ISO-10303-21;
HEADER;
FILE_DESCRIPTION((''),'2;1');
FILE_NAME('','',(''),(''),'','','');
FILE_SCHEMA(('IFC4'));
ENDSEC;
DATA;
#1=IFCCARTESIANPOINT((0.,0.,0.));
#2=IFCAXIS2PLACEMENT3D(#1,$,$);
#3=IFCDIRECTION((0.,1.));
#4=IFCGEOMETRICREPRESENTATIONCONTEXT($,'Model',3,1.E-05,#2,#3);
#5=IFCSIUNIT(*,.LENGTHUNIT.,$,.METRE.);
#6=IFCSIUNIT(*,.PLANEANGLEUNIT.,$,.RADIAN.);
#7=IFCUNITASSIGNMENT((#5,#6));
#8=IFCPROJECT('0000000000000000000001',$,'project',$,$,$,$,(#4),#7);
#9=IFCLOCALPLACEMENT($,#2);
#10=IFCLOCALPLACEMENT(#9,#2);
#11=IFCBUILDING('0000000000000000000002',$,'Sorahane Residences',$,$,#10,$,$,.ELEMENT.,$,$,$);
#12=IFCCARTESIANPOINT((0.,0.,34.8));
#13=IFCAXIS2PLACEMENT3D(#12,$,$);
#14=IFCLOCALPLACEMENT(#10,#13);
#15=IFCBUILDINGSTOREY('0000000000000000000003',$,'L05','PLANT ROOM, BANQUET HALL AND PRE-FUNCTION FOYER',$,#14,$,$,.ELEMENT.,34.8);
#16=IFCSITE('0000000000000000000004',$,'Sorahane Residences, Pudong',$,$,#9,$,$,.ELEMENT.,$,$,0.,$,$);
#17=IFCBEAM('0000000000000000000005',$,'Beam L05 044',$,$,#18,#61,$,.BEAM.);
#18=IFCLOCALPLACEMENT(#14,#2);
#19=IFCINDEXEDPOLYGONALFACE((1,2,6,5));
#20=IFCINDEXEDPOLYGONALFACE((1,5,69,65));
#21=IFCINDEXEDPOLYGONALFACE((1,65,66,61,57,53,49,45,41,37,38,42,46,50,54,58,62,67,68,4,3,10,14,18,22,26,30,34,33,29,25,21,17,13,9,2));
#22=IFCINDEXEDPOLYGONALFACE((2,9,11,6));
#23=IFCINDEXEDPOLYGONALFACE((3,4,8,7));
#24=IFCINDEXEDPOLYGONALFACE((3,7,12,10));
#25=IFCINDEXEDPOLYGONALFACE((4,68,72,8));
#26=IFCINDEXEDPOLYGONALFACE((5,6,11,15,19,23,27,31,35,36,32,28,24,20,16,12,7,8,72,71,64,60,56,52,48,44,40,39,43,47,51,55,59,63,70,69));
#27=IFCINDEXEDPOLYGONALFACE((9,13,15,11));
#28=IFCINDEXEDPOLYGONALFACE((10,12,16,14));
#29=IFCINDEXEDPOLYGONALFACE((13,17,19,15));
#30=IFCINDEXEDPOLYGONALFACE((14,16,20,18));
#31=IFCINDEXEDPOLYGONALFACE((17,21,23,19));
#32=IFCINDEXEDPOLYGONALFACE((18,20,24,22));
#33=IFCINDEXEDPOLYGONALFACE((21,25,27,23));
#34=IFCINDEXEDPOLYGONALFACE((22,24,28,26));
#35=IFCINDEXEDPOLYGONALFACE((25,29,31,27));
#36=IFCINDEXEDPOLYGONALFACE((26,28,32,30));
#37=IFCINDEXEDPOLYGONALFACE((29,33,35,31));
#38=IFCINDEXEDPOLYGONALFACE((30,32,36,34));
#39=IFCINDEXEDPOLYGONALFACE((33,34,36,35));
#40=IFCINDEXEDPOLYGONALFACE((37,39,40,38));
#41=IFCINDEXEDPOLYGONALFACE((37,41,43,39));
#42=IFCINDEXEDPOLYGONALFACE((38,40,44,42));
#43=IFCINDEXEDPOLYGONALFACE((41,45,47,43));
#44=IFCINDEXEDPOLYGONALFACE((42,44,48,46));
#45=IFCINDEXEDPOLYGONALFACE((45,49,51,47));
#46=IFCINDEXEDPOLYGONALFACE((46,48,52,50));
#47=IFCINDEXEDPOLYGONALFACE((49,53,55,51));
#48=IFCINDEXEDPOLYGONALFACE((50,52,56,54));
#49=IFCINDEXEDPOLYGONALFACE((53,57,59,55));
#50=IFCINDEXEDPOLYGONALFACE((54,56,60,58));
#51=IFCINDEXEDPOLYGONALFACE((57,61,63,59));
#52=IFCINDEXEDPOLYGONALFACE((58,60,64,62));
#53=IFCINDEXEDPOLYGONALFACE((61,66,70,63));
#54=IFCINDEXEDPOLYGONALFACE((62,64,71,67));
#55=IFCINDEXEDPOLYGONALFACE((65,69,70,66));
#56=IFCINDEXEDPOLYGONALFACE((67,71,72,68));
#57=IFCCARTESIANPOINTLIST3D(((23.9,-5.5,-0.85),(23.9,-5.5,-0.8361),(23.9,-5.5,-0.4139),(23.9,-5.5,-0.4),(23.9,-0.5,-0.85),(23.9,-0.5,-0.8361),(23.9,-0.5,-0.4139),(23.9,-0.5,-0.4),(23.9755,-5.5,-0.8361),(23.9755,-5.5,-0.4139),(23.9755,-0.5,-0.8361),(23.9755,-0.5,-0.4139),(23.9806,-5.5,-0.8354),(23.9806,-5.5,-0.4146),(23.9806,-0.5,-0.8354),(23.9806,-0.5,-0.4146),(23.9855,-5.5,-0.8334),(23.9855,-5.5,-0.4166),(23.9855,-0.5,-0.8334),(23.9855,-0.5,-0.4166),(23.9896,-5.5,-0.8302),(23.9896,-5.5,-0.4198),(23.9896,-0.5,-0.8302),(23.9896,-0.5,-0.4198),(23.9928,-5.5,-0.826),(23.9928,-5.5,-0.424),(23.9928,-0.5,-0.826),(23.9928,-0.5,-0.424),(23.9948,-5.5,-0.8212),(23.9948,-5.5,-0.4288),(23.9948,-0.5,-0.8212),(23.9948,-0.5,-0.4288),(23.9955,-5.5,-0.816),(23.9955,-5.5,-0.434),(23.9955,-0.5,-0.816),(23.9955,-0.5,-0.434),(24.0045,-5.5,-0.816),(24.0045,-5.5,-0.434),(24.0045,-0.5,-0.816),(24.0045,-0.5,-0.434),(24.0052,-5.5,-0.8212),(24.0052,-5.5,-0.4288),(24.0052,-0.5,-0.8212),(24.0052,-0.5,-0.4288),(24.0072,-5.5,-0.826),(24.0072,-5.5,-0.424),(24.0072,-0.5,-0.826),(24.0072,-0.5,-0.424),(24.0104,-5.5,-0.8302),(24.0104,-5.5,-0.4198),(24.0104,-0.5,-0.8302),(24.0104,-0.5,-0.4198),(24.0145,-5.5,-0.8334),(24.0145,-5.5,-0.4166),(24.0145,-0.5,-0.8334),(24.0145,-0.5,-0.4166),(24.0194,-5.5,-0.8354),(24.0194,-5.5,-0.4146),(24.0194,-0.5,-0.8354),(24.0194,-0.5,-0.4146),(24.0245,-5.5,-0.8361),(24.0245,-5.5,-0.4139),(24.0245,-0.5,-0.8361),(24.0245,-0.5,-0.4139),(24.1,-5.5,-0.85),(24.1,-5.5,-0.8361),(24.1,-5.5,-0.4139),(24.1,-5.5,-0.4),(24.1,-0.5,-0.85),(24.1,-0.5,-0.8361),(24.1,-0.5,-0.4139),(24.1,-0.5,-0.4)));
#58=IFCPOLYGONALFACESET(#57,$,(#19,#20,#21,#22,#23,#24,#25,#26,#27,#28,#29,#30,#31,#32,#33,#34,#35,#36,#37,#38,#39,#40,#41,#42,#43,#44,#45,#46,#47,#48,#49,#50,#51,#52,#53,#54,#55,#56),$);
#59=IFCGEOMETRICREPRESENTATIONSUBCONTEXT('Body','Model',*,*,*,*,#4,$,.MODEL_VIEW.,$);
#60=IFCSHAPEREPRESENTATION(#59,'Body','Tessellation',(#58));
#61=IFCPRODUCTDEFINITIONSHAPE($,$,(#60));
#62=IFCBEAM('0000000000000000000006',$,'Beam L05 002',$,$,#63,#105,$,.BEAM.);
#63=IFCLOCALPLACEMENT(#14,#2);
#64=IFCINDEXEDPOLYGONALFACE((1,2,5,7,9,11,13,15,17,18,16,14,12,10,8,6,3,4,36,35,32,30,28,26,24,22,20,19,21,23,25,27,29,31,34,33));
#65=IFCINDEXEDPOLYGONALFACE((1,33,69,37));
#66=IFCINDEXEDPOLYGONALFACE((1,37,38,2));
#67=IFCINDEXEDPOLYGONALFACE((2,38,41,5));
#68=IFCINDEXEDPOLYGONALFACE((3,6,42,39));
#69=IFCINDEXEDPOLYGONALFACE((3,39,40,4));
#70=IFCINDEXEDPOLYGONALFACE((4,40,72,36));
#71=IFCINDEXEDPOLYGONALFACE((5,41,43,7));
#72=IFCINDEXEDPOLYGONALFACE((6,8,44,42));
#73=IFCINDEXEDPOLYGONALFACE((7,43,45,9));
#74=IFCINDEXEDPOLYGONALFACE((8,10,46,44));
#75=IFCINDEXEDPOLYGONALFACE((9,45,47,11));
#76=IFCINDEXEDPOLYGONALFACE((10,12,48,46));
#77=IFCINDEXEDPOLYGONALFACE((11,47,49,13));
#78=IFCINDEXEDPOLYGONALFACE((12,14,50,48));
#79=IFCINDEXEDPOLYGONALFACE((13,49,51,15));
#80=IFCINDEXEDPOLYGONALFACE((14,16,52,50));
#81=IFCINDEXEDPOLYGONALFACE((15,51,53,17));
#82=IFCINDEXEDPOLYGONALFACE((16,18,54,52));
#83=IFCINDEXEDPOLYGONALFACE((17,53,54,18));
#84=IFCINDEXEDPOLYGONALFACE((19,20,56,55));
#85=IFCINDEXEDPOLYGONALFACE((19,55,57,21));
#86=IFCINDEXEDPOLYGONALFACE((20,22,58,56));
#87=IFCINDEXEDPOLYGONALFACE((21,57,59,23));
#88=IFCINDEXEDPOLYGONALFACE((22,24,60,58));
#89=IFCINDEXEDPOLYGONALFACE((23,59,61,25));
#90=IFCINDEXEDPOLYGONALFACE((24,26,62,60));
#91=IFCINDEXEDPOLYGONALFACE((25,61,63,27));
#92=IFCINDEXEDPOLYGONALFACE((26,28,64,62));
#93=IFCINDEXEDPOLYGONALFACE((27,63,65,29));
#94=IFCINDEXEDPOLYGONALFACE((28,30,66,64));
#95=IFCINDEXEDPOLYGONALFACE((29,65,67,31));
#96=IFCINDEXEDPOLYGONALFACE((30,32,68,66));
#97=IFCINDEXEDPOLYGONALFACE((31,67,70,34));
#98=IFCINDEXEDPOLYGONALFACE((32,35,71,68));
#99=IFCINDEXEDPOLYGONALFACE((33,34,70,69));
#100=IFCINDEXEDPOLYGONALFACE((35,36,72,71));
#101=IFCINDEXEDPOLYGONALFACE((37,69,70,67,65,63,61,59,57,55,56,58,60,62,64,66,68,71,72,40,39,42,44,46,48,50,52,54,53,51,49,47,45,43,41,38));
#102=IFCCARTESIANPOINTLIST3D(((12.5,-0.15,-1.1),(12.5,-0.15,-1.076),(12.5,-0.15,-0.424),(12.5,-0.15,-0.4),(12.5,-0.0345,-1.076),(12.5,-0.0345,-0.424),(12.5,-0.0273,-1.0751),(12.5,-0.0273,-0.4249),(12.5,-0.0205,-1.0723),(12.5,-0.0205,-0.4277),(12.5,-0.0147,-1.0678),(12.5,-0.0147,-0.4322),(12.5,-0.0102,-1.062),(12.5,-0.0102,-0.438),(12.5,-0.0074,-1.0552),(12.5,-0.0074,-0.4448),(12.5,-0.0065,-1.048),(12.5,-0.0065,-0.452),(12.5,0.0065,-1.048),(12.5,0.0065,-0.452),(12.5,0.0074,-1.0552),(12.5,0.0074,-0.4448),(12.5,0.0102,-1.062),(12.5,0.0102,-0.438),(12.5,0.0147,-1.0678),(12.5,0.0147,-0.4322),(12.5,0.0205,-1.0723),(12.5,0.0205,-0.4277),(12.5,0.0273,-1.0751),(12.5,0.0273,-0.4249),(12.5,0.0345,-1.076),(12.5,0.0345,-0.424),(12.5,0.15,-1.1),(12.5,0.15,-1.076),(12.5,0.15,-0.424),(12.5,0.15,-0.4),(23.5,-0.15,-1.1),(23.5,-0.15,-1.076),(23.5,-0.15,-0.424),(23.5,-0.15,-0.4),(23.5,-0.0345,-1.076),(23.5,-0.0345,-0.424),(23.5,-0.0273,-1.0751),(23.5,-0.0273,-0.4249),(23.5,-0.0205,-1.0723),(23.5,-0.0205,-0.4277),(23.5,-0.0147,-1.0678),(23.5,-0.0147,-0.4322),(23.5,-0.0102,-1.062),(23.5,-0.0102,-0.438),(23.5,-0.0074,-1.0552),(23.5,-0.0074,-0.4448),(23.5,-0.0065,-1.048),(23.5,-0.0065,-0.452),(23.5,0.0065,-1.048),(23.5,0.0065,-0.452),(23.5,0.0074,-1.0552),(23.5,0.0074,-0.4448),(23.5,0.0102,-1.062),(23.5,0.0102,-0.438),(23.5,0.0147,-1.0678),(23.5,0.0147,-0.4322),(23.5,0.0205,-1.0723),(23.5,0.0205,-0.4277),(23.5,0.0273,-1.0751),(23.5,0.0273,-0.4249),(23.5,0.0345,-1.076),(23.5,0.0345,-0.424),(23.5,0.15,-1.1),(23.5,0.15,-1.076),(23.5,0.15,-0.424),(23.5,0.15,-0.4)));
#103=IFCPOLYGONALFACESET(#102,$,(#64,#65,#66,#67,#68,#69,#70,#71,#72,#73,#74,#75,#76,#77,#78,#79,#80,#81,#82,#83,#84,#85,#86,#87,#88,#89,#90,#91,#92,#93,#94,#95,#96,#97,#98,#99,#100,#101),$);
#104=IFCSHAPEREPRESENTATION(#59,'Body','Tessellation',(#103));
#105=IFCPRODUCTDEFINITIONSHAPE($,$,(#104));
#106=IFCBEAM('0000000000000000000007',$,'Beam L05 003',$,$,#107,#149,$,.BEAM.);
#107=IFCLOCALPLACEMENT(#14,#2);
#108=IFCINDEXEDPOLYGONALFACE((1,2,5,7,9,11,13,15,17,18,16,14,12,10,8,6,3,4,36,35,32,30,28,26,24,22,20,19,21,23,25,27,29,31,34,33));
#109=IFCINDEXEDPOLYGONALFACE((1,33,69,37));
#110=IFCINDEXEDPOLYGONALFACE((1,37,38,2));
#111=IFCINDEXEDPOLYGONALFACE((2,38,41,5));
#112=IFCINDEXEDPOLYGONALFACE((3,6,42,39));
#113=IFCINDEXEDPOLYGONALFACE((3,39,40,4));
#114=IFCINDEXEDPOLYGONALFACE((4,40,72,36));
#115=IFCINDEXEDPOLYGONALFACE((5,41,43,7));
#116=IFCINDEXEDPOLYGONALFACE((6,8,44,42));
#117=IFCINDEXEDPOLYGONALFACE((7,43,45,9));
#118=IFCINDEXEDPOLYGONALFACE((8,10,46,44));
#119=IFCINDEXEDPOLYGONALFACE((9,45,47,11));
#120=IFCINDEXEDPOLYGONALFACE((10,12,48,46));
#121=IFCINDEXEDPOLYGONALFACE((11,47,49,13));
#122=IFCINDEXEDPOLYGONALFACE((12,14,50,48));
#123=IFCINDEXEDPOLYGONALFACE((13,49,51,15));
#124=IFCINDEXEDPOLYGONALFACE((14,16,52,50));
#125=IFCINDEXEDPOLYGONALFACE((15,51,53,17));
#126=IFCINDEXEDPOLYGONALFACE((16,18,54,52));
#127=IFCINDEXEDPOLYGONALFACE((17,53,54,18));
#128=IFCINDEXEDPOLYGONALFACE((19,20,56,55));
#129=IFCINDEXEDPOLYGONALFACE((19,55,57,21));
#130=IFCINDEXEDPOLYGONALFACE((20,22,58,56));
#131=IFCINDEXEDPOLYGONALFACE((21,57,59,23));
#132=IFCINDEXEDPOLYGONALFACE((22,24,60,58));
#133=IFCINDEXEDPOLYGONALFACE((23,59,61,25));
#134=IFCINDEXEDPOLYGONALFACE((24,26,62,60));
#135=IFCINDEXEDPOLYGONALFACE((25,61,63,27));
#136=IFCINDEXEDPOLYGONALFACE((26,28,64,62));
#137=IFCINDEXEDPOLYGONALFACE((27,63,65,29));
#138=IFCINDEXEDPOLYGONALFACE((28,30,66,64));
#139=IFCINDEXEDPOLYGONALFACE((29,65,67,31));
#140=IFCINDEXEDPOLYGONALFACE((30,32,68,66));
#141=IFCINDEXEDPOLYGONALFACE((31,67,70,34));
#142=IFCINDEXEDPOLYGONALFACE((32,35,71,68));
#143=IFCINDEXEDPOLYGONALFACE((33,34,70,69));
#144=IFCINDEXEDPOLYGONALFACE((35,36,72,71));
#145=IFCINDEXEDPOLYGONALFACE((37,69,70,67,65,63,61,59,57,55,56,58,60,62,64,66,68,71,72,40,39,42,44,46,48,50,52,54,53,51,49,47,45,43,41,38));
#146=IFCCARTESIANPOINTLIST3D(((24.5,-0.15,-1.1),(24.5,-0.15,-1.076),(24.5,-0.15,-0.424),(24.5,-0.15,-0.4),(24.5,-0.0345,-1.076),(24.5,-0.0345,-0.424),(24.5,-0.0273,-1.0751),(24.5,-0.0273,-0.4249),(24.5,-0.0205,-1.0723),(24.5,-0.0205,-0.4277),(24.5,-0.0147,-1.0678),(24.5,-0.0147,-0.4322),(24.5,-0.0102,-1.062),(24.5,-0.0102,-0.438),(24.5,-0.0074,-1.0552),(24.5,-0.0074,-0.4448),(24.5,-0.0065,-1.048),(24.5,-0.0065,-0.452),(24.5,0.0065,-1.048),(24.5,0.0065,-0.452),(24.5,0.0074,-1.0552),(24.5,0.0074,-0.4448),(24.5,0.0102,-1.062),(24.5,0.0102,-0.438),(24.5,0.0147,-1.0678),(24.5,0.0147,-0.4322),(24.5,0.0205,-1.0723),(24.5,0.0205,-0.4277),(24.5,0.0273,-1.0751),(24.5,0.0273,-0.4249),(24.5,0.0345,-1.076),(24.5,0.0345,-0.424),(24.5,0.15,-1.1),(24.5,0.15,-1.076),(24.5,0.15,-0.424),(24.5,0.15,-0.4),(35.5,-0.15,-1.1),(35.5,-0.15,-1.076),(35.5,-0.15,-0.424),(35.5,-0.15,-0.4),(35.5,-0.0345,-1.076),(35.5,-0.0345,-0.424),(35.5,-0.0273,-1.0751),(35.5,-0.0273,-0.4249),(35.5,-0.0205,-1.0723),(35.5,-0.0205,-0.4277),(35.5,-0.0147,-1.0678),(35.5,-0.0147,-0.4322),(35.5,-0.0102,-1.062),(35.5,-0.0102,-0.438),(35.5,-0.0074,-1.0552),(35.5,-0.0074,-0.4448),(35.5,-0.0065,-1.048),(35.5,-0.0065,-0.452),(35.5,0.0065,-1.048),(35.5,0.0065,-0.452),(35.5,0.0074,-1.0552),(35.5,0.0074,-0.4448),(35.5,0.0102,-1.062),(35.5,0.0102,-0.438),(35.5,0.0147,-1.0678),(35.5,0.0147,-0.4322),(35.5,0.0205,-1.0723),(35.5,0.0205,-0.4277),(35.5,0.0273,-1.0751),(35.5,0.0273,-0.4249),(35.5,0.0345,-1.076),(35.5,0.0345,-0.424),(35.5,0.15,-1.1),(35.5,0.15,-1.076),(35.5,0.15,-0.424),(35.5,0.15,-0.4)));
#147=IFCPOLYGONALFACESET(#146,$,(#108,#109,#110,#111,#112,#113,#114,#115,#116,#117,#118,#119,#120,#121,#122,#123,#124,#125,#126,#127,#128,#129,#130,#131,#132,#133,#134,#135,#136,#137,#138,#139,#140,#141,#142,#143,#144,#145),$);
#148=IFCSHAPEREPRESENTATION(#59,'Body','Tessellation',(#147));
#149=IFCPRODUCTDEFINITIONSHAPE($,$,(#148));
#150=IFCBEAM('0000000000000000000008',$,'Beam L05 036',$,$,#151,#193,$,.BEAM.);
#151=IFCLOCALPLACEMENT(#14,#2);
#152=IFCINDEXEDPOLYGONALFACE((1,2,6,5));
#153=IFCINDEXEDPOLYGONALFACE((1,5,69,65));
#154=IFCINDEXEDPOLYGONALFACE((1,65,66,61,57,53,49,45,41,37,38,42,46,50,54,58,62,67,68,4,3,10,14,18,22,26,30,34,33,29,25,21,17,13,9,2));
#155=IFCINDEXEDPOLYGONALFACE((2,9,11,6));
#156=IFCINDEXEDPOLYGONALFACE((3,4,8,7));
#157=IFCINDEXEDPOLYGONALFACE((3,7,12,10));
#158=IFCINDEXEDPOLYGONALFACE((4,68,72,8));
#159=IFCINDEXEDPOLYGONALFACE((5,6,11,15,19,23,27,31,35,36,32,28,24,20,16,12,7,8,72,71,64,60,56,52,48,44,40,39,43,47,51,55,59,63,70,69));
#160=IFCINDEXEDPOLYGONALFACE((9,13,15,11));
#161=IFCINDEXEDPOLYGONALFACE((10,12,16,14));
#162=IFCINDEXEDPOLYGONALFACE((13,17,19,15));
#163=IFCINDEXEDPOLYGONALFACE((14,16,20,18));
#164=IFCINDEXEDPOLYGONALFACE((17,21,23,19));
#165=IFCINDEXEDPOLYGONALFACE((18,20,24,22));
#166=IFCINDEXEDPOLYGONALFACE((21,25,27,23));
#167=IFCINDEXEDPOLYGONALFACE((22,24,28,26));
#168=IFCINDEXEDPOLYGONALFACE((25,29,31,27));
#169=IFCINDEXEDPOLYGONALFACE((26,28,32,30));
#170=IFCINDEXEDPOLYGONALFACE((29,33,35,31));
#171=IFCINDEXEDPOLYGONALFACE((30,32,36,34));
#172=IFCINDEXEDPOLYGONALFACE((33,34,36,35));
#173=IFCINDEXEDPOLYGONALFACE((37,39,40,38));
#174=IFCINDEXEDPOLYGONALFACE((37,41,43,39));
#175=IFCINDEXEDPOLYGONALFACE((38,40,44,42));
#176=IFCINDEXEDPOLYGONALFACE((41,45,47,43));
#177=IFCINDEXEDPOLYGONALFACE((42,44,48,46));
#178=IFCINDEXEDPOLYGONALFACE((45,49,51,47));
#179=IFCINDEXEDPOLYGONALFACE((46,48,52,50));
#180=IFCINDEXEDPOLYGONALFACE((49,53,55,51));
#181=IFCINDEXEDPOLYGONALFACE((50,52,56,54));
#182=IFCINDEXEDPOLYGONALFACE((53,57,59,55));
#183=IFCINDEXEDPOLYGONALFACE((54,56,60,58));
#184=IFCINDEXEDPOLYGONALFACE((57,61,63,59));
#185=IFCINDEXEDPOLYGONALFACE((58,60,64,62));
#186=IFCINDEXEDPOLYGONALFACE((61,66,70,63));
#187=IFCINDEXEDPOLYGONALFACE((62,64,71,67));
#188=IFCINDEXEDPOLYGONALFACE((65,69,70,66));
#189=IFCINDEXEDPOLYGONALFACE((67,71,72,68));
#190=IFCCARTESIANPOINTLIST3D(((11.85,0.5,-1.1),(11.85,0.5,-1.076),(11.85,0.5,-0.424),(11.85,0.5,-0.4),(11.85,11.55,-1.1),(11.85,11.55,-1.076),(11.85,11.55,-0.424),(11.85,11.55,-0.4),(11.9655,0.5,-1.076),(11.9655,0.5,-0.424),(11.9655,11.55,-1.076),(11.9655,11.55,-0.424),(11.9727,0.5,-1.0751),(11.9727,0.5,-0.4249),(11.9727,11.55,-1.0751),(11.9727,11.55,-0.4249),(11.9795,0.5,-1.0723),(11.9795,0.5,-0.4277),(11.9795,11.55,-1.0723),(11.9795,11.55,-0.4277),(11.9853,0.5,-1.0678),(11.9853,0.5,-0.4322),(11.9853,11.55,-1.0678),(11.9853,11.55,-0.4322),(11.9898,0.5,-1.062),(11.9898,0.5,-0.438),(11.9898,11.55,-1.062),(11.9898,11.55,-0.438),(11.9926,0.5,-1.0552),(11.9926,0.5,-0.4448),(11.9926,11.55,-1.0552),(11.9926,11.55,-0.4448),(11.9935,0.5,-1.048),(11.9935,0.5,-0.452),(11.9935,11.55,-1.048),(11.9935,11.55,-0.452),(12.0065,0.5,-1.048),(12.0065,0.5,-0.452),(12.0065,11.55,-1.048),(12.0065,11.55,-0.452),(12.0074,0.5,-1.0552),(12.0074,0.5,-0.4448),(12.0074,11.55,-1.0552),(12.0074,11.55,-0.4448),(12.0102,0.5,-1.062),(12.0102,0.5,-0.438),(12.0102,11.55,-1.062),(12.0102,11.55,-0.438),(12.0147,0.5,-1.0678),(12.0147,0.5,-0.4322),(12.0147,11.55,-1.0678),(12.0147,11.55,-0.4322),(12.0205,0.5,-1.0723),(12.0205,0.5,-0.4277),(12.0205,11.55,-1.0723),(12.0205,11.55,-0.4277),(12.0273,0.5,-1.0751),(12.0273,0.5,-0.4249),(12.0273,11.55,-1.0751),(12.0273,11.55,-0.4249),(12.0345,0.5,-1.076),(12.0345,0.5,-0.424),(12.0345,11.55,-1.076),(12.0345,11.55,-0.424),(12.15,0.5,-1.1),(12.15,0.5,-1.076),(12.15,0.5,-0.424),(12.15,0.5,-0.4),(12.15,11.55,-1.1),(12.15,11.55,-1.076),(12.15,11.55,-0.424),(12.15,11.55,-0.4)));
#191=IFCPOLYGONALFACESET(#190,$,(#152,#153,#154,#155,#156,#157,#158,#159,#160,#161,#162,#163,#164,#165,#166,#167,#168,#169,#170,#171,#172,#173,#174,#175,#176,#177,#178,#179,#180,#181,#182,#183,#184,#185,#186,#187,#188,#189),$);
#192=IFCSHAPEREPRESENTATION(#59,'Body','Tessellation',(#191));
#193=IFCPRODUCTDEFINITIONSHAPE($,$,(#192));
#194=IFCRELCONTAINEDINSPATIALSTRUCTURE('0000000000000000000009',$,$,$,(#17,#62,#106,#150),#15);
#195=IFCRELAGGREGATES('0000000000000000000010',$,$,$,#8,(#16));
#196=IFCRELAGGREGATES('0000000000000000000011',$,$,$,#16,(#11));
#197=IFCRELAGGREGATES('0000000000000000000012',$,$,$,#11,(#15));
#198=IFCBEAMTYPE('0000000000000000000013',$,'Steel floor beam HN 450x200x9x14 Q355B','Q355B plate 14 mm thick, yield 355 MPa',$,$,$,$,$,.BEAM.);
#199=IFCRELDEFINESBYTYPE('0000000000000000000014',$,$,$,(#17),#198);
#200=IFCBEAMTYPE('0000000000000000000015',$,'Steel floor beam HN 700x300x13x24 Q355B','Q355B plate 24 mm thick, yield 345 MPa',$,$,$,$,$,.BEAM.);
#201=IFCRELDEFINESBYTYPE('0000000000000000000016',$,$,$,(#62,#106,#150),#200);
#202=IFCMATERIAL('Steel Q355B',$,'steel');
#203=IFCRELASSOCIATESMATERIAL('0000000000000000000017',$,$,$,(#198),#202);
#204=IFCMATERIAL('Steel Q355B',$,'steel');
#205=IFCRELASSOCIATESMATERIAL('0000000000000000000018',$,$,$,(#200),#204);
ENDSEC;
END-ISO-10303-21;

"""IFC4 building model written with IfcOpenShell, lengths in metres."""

from ifc_helpers import new_model, si_unit, direction, frame, origin, origin_2d, place, context, subcontext, project, spatial, i_section, extrude, material, material_profile, profile_set, type_object, element, save


model = new_model("IFC4")

# Units and contexts
model_context = context("Model", 3, precision=1e-05, world=origin(), true_north=direction((0.0, 1.0)))
body_context = subcontext(model_context, "Body", "Model", "MODEL_VIEW")
ifc_project = project(units=[si_unit("LENGTHUNIT", "METRE"), si_unit("PLANEANGLEUNIT", "RADIAN")], contexts=[model_context])

# Site, building, storey
site_placement = place(None, origin())
site = spatial("IfcSite", under=ifc_project, at=site_placement, Name="Sorahane Residences, Pudong", CompositionType="ELEMENT", RefElevation=0.0)
building_placement = place(site_placement, origin())
building = spatial("IfcBuilding", under=site, at=building_placement, Name="Sorahane Residences", CompositionType="ELEMENT")
storey_placement = place(building_placement, frame((0.0, 0.0, 34.8)))
storey = spatial("IfcBuildingStorey", under=building, at=storey_placement, Name="L05", Description="PLANT ROOM, BANQUET HALL AND PRE-FUNCTION FOYER", CompositionType="ELEMENT", Elevation=34.8)

# Beams
ifc_material_1 = material(Name="Steel Q355B", Category="steel")
ifc_material_profile_1 = material_profile(ifc_material_1, i_section(OverallWidth=0.2, OverallDepth=0.45, WebThickness=0.009, FlangeThickness=0.0139, FilletRadius=0.02, at=origin_2d()), Name="HN 450x200x9x14")
ifc_profile_set_1 = profile_set([ifc_material_profile_1], Name="Steel Q355B")
beam_type_1 = type_object("IfcBeamType", Name="Steel floor beam HN 450x200x9x14 Q355B", Description="Q355B plate 14 mm thick, yield 355 MPa", PredefinedType="BEAM", material=ifc_profile_set_1)
for number, where, z_axis, x_axis, name in (
    (1, (24.0, -5.5, -0.625), (0.0, 1.0, 0.0), (-1.0, 0.0, 0.0), "Beam L05 044"),
):
    element("IfcBeam", number, at=place(storey_placement, frame(where, z_axis=z_axis, x_axis=x_axis)), inside=storey, type_object=beam_type_1, Name=name, PredefinedType="BEAM", context=body_context, shape_type="SweptSolid", body=[
        extrude(i_section(OverallWidth=0.2, OverallDepth=0.45, WebThickness=0.009, FlangeThickness=0.0139, FilletRadius=0.02, at=origin_2d()), origin(), (0.0, 0.0, 1.0), 5.0),
    ])
ifc_material_2 = material(Name="Steel Q355B", Category="steel")
ifc_material_profile_2 = material_profile(ifc_material_2, i_section(OverallWidth=0.3, OverallDepth=0.7, WebThickness=0.0129, FlangeThickness=0.0239, FilletRadius=0.0281, at=origin_2d()), Name="HN 700x300x13x24")
ifc_profile_set_2 = profile_set([ifc_material_profile_2], Name="Steel Q355B")
beam_type_2 = type_object("IfcBeamType", Name="Steel floor beam HN 700x300x13x24 Q355B", Description="Q355B plate 24 mm thick, yield 345 MPa", PredefinedType="BEAM", material=ifc_profile_set_2)
for number, where, z_axis, x_axis, name in (
    (2, (12.5, 0.0, -0.75), (1.0, 0.0, 0.0), (0.0, 1.0, 0.0), "Beam L05 002"),
    (3, (24.5, 0.0, -0.75), (1.0, 0.0, 0.0), (0.0, 1.0, 0.0), "Beam L05 003"),
):
    element("IfcBeam", number, at=place(storey_placement, frame(where, z_axis=z_axis, x_axis=x_axis)), inside=storey, type_object=beam_type_2, Name=name, PredefinedType="BEAM", context=body_context, shape_type="SweptSolid", body=[
        extrude(i_section(OverallWidth=0.3, OverallDepth=0.7, WebThickness=0.0129, FlangeThickness=0.0239, FilletRadius=0.0281, at=origin_2d()), origin(), (0.0, 0.0, 1.0), 11.0),
    ])
beam_1_placement = place(storey_placement, frame((12.0, 0.5, -0.75), z_axis=(0.0, 1.0, 0.0), x_axis=(-1.0, 0.0, 0.0)))
element("IfcBeam", 4, at=beam_1_placement, inside=storey, type_object=beam_type_2, Name="Beam L05 036", PredefinedType="BEAM", context=body_context, shape_type="SweptSolid", body=[
    extrude(i_section(OverallWidth=0.3, OverallDepth=0.7, WebThickness=0.0129, FlangeThickness=0.0239, FilletRadius=0.0281, at=origin_2d()), origin(), (0.0, 0.0, 1.0), 11.05),
])

save(model, "model.ifc")
